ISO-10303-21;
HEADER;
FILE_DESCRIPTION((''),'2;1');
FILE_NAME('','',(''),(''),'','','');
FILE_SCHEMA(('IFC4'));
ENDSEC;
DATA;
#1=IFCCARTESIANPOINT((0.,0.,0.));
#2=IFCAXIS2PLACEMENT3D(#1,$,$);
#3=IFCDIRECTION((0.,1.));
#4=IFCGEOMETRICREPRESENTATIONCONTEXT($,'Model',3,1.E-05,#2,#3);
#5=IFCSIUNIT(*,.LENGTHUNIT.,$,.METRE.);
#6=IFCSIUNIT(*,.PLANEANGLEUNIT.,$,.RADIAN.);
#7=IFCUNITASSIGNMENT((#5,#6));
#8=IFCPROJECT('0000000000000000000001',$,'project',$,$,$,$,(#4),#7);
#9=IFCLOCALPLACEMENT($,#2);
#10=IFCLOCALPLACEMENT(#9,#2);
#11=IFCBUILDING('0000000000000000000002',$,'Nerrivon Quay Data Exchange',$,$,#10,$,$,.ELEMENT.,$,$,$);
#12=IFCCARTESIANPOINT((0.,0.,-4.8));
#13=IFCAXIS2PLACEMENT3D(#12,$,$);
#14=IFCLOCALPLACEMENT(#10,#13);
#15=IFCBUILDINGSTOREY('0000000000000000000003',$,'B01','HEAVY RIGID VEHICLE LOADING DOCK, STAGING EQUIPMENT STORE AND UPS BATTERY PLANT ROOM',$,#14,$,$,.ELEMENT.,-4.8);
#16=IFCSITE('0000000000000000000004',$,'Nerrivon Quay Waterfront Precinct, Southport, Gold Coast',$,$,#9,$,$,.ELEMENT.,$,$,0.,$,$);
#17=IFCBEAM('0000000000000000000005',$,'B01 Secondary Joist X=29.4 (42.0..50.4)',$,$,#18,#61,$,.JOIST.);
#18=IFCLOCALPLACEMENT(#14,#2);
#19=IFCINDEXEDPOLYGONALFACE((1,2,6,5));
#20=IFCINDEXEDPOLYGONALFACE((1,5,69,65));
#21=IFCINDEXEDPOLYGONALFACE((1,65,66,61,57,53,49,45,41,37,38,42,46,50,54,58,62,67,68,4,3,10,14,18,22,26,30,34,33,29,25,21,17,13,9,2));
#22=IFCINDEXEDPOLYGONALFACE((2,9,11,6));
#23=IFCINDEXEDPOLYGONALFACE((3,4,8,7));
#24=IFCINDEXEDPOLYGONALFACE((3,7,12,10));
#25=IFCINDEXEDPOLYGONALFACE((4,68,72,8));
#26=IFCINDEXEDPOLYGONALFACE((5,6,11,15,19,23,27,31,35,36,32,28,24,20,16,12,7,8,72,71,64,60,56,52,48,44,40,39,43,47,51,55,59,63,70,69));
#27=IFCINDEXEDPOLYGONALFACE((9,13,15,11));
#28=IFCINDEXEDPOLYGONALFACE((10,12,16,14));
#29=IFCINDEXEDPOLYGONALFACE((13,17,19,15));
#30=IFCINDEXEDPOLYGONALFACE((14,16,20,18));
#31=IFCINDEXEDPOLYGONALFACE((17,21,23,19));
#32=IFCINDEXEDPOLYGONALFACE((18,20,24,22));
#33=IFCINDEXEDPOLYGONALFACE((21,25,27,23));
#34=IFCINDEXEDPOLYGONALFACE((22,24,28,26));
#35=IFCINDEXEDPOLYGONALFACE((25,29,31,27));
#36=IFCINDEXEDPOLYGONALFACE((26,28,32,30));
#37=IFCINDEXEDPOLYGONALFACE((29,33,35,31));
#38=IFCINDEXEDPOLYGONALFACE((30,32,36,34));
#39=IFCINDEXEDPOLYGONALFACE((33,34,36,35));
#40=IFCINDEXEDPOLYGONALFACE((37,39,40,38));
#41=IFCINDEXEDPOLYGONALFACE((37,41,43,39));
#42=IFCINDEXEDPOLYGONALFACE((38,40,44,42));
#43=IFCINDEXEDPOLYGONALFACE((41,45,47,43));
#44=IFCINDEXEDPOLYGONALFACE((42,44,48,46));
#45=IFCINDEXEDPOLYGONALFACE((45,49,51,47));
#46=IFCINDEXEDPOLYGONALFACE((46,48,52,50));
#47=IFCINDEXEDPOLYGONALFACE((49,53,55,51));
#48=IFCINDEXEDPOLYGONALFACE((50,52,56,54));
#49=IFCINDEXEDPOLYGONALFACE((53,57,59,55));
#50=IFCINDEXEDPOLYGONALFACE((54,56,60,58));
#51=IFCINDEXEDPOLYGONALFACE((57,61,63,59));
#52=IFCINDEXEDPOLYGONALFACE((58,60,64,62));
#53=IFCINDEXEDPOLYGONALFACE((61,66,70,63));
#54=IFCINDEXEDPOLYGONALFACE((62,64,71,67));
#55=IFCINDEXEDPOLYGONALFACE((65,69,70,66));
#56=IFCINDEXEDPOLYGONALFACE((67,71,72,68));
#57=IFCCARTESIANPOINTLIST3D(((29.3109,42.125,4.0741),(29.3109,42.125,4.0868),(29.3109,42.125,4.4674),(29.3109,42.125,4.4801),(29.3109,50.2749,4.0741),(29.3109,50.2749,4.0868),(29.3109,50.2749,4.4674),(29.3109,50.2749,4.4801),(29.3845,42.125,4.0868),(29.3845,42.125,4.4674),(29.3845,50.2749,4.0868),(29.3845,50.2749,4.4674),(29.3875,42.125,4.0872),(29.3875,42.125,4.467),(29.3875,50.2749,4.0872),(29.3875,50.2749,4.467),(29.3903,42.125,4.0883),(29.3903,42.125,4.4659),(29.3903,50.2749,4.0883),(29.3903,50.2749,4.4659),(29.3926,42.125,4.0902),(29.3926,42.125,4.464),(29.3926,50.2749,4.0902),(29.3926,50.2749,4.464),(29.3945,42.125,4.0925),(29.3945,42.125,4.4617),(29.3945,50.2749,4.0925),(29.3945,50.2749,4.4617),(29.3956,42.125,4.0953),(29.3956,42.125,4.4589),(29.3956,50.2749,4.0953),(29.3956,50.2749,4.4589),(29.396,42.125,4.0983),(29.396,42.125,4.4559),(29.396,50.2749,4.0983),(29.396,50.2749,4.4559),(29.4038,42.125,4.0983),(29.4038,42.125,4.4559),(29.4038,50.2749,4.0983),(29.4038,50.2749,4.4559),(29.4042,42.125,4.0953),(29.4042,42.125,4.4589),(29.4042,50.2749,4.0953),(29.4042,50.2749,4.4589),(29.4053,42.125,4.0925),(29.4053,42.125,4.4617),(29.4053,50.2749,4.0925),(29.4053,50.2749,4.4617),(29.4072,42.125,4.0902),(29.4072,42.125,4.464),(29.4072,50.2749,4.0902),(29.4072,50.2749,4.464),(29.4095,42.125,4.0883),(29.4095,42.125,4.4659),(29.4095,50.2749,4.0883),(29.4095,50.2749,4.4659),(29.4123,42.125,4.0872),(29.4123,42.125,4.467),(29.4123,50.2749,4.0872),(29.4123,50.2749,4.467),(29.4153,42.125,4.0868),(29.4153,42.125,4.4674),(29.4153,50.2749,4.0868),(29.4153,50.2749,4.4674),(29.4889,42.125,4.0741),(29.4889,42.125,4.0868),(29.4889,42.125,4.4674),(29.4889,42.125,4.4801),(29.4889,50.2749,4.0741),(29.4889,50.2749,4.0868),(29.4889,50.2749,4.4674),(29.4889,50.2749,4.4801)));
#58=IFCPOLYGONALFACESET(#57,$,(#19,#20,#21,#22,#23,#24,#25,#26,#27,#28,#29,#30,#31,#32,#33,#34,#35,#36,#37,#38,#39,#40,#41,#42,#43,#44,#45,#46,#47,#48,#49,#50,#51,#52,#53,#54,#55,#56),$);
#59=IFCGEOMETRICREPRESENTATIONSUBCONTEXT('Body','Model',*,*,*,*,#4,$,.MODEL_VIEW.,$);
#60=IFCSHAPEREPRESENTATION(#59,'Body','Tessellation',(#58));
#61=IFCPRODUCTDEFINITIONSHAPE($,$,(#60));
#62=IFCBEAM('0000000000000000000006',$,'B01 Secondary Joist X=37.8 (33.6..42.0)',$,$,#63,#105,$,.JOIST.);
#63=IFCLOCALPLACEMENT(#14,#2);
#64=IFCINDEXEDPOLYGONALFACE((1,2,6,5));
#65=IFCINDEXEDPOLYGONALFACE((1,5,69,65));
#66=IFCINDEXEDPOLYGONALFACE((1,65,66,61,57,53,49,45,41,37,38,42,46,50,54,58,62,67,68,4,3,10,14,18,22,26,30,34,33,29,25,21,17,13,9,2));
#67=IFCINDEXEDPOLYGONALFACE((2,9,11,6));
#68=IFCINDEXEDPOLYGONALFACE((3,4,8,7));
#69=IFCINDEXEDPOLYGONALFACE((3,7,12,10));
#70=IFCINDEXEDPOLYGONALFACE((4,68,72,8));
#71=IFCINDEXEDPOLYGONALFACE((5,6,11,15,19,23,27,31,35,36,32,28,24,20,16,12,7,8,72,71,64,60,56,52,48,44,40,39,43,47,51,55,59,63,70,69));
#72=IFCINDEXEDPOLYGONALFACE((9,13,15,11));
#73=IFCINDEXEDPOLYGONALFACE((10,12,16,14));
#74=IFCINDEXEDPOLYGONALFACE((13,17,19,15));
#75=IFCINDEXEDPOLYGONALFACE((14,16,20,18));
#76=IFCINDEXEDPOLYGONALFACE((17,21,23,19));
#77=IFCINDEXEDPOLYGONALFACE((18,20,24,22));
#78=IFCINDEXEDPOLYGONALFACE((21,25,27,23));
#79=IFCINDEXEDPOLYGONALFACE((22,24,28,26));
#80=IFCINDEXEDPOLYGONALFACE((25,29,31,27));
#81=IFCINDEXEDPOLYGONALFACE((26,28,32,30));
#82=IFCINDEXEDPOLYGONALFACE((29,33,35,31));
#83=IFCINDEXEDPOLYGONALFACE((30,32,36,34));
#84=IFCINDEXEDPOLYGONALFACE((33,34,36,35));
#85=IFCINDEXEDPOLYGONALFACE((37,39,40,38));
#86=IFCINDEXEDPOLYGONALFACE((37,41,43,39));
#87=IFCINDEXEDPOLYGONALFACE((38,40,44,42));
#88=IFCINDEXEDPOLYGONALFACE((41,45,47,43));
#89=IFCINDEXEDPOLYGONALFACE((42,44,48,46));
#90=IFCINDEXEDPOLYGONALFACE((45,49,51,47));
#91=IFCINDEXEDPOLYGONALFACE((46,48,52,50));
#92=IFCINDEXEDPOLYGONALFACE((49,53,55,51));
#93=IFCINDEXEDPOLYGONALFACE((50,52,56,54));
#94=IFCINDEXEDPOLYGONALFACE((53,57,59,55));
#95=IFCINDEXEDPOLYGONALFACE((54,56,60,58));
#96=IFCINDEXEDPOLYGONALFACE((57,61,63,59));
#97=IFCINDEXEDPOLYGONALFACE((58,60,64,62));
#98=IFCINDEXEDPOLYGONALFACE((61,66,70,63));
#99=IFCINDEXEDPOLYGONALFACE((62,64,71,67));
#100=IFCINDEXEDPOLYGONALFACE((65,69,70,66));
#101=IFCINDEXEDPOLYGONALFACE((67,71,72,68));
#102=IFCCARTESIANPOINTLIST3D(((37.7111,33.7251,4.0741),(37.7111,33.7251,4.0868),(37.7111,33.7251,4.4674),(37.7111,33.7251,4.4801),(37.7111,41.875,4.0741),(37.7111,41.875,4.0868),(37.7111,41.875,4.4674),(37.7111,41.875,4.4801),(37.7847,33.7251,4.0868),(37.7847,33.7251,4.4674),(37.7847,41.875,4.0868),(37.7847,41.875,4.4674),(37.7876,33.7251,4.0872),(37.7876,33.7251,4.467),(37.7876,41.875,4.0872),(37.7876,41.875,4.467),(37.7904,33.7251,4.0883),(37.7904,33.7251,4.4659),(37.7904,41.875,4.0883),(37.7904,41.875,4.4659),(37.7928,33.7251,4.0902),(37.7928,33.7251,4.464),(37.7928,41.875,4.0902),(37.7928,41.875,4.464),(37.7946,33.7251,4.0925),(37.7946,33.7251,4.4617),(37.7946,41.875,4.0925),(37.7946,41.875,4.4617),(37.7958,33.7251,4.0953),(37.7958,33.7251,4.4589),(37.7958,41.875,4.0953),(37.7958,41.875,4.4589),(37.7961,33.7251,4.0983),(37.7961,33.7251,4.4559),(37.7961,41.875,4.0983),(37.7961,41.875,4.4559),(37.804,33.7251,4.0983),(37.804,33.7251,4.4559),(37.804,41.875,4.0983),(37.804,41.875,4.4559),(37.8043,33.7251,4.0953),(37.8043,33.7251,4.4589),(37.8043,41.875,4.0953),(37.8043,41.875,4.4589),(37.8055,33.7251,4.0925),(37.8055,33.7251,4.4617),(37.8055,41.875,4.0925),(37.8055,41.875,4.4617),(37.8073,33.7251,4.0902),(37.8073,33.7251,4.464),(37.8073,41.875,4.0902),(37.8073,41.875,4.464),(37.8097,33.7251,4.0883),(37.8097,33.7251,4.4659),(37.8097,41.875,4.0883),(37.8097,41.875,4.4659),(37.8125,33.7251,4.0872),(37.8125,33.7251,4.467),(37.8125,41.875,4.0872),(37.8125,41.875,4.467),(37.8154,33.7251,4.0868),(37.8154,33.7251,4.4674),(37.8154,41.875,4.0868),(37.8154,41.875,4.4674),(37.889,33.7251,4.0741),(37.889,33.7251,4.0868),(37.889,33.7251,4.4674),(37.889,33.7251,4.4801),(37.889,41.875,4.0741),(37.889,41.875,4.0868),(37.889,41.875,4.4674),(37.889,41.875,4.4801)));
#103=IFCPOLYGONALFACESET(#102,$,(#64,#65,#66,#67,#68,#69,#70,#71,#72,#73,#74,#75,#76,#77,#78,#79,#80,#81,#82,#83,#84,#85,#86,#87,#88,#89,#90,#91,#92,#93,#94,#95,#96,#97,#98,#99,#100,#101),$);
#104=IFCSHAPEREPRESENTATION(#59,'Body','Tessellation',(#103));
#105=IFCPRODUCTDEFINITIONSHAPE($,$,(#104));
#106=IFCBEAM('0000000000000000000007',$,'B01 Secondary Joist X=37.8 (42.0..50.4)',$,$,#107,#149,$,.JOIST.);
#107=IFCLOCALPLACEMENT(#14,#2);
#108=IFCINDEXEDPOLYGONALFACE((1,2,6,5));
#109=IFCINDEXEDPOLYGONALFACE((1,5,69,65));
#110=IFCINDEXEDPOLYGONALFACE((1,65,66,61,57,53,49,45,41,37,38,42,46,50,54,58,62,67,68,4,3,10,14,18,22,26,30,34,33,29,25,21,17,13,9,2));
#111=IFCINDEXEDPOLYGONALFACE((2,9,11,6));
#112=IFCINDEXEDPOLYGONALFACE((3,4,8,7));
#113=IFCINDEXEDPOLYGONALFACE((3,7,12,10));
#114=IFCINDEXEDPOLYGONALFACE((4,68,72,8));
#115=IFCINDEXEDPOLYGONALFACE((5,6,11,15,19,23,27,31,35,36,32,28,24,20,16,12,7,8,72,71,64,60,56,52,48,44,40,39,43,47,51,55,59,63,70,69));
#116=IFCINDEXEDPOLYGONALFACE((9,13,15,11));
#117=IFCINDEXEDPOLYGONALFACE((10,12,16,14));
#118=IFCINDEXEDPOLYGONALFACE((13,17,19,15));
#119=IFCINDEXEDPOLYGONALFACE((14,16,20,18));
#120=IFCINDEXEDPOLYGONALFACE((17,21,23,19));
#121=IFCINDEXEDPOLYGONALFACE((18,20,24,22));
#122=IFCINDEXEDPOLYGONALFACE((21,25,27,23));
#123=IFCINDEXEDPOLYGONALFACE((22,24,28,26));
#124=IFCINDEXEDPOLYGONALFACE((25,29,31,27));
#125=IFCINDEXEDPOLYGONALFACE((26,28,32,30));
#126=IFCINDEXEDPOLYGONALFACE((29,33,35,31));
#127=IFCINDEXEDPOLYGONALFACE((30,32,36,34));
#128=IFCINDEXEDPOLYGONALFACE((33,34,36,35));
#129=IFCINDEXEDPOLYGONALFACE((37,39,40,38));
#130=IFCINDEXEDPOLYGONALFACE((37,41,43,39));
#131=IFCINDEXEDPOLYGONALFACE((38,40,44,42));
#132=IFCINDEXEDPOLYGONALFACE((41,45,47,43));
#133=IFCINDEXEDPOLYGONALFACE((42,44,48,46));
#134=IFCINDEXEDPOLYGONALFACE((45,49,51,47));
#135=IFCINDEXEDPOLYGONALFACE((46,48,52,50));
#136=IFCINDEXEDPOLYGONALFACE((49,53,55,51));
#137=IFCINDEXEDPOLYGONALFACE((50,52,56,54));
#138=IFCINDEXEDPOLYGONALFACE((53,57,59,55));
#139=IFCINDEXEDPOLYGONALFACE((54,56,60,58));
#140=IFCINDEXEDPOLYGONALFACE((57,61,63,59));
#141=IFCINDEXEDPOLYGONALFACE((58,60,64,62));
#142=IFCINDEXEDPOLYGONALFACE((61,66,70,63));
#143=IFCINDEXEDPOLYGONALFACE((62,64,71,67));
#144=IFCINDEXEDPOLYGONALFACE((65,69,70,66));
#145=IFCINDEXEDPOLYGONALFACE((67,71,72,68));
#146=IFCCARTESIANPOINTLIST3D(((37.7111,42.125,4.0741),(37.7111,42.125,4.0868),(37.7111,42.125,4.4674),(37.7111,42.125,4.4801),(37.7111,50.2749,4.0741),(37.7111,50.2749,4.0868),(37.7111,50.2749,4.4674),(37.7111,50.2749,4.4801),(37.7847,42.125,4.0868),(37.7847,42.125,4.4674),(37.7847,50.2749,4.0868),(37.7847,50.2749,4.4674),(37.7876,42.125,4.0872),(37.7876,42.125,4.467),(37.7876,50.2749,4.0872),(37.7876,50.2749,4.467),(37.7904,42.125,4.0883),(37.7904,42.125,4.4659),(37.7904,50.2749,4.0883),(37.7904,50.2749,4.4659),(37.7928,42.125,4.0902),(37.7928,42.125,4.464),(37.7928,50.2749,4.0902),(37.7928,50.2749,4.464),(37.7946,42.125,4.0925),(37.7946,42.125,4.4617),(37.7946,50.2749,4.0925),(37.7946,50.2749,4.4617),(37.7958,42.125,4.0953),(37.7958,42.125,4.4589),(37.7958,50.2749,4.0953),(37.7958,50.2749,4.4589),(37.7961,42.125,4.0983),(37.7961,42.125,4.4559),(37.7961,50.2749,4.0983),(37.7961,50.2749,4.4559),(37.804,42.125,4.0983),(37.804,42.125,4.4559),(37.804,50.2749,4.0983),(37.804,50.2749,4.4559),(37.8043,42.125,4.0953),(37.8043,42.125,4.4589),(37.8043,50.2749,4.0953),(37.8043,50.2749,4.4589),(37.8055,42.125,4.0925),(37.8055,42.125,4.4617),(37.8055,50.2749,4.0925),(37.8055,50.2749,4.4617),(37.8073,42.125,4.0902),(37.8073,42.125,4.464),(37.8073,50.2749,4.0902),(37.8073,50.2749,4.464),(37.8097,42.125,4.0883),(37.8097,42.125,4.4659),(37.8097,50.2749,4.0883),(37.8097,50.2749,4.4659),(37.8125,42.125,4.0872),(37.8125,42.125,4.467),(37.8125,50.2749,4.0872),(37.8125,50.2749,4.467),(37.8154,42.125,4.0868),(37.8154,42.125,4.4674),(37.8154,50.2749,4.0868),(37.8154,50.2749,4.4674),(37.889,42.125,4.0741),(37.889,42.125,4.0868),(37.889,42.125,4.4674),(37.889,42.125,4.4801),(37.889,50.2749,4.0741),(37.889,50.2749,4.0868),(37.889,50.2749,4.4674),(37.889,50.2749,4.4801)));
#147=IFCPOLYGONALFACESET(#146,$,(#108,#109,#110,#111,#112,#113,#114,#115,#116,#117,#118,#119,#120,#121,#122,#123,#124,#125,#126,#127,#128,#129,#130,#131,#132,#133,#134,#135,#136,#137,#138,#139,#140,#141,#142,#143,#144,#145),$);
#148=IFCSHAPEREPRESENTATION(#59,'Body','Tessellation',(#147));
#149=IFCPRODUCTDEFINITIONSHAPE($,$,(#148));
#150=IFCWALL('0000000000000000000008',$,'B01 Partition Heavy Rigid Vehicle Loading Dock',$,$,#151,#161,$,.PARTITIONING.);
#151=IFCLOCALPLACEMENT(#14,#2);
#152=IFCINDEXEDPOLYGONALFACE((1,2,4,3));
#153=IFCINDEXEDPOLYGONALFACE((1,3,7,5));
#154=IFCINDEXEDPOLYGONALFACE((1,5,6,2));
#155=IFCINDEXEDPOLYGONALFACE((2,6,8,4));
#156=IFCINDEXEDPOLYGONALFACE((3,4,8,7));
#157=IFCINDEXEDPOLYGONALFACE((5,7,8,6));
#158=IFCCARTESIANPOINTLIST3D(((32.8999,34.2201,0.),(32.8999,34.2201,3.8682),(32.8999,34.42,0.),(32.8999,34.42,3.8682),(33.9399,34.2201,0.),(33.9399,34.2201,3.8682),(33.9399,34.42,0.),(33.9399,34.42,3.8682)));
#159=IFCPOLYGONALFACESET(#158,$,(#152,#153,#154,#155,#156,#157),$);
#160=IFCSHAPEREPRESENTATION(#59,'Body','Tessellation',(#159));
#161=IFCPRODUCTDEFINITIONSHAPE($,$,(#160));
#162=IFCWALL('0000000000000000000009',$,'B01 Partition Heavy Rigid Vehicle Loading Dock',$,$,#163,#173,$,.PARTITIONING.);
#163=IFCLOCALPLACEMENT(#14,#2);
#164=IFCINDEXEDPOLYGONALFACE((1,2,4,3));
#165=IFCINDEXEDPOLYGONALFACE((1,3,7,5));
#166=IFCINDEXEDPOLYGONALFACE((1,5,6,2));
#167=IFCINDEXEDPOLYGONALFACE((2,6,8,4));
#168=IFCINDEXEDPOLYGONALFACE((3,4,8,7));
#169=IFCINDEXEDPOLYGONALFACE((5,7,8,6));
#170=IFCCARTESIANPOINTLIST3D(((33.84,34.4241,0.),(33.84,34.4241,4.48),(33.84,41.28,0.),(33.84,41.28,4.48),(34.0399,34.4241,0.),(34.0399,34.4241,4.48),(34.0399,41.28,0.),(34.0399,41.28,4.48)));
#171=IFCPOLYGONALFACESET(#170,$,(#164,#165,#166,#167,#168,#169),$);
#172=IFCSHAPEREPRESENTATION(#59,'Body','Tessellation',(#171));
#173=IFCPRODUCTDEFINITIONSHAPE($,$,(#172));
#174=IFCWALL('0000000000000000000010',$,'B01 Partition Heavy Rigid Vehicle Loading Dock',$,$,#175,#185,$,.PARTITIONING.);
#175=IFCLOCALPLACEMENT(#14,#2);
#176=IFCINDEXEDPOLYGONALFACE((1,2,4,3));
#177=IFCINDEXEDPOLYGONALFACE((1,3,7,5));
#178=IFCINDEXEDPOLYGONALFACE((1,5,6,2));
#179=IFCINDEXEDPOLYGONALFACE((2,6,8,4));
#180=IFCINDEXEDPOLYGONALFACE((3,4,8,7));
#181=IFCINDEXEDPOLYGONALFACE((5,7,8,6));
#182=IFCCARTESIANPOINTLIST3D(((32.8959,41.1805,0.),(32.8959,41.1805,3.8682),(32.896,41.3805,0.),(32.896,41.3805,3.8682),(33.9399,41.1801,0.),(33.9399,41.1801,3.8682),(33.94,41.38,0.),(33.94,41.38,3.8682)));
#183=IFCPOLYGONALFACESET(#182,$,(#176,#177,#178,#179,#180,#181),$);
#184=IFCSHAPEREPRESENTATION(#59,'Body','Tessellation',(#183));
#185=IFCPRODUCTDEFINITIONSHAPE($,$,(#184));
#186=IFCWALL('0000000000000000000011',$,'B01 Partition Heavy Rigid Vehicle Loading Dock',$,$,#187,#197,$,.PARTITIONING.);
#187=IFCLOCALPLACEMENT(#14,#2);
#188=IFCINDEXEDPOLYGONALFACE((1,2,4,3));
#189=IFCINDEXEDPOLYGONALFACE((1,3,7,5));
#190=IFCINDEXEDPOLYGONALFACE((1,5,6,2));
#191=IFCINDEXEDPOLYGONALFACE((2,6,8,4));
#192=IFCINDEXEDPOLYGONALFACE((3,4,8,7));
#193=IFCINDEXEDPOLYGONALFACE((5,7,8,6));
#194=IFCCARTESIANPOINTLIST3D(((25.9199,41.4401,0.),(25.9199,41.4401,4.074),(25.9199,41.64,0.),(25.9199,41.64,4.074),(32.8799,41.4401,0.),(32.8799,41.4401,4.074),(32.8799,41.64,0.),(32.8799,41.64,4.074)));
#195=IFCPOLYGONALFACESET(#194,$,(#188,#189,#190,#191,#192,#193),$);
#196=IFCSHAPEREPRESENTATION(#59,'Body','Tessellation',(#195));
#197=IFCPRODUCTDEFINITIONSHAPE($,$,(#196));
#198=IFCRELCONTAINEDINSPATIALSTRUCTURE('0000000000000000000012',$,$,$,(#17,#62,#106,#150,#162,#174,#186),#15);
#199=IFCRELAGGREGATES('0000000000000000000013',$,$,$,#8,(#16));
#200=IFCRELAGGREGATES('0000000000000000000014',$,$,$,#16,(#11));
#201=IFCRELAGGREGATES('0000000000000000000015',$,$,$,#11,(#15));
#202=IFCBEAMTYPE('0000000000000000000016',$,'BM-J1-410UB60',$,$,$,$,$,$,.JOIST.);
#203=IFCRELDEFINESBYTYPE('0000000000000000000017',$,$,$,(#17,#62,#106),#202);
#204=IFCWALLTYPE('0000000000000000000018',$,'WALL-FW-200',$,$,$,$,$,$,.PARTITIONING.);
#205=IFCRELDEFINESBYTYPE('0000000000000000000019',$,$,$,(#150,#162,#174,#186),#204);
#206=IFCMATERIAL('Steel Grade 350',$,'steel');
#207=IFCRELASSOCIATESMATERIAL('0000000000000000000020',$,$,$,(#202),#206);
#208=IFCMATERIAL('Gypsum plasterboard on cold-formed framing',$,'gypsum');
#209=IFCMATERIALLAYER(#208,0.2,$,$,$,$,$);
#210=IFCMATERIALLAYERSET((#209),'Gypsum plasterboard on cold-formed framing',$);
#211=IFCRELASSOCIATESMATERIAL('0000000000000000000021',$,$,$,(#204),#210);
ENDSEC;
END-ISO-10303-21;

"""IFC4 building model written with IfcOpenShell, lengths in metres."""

from ifc_helpers import new_model, si_unit, direction, frame, frame_2d, origin, origin_2d, place, context, subcontext, project, spatial, rectangle, i_section, extrude, material, layer, layer_set, material_profile, profile_set, type_object, element, save


model = new_model("IFC4")

# Units and contexts
model_context = context("Model", 3, precision=1e-05, world=origin(), true_north=direction((0.0, 1.0)))
body_context = subcontext(model_context, "Body", "Model", "MODEL_VIEW")
ifc_project = project(units=[si_unit("LENGTHUNIT", "METRE"), si_unit("PLANEANGLEUNIT", "RADIAN")], contexts=[model_context])

# Site, building, storey
site_placement = place(None, origin())
site = spatial("IfcSite", under=ifc_project, at=site_placement, Name="Nerrivon Quay Waterfront Precinct, Southport, Gold Coast", CompositionType="ELEMENT", RefElevation=0.0)
building_placement = place(site_placement, origin())
building = spatial("IfcBuilding", under=site, at=building_placement, Name="Nerrivon Quay Data Exchange", CompositionType="ELEMENT")
storey_placement = place(building_placement, frame((0.0, 0.0, -4.8)))
storey = spatial("IfcBuildingStorey", under=building, at=storey_placement, Name="B01", Description="HEAVY RIGID VEHICLE LOADING DOCK, STAGING EQUIPMENT STORE AND UPS BATTERY PLANT ROOM", CompositionType="ELEMENT", Elevation=-4.8)

# Beams
ifc_material_1 = material(Name="Steel Grade 350", Category="steel")
ifc_material_profile_1 = material_profile(ifc_material_1, i_section(OverallWidth=0.178, OverallDepth=0.406, WebThickness=0.0078, FlangeThickness=0.0127, FilletRadius=0.0115, at=origin_2d()), Name="410UB59.7")
ifc_profile_set_1 = profile_set([ifc_material_profile_1], Name="Steel Grade 350")
beam_type_1 = type_object("IfcBeamType", Name="BM-J1-410UB60", PredefinedType="JOIST", material=ifc_profile_set_1)
for number, where, z_axis, x_axis, name in (
    (1, (29.3999, 42.125, 4.2771), (0.0, 1.0, 0.0), (-1.0, 0.0, 0.0), "B01 Secondary Joist X=29.4 (42.0..50.4)"),
    (2, (37.8, 33.7251, 4.2771), (0.0, 1.0, 0.0), (-1.0, 0.0, 0.0), "B01 Secondary Joist X=37.8 (33.6..42.0)"),
    (3, (37.8, 42.125, 4.2771), (0.0, 1.0, 0.0), (-1.0, 0.0, 0.0), "B01 Secondary Joist X=37.8 (42.0..50.4)"),
):
    element("IfcBeam", number, at=place(storey_placement, frame(where, z_axis=z_axis, x_axis=x_axis)), inside=storey, type_object=beam_type_1, Name=name, PredefinedType="JOIST", context=body_context, shape_type="SweptSolid", body=[
        extrude(i_section(OverallWidth=0.178, OverallDepth=0.406, WebThickness=0.0078, FlangeThickness=0.0127, FilletRadius=0.0115, at=origin_2d()), origin(), (0.0, 0.0, 1.0), 8.1499),
    ])

# Walls
ifc_material_2 = material(Name="Gypsum plasterboard on cold-formed framing", Category="gypsum")
ifc_layer = layer(ifc_material_2, 0.2)
ifc_layer_set = layer_set([ifc_layer], Name="Gypsum plasterboard on cold-formed framing")
wall_type = type_object("IfcWallType", Name="WALL-FW-200", PredefinedType="PARTITIONING", material=ifc_layer_set)
wall_1_placement = place(storey_placement, frame((32.8999, 34.3201, 0.0), z_axis=(0.0, 0.0, 1.0), x_axis=(1.0, 0.0, 0.0)))
element("IfcWall", 4, at=wall_1_placement, inside=storey, type_object=wall_type, Name="B01 Partition Heavy Rigid Vehicle Loading Dock", PredefinedType="PARTITIONING", context=body_context, shape_type="SweptSolid", body=[
    extrude(rectangle(XDim=1.04, YDim=0.2, at=frame_2d((0.52, 0.0))), origin(), (0.0, 0.0, 1.0), 3.8682),
])
wall_2_placement = place(storey_placement, frame((33.9399, 34.4241, 0.0), z_axis=(0.0, 0.0, 1.0), x_axis=(0.0, 1.0, 0.0)))
element("IfcWall", 5, at=wall_2_placement, inside=storey, type_object=wall_type, Name="B01 Partition Heavy Rigid Vehicle Loading Dock", PredefinedType="PARTITIONING", context=body_context, shape_type="SweptSolid", body=[
    extrude(rectangle(XDim=6.856, YDim=0.2, at=frame_2d((3.428, 0.0))), origin(), (0.0, 0.0, 1.0), 4.48),
])
wall_3_placement = place(storey_placement, frame((33.9399, 41.28, 0.0), z_axis=(0.0, 0.0, 1.0), x_axis=(-1.0, 0.000468, 0.0)))
element("IfcWall", 6, at=wall_3_placement, inside=storey, type_object=wall_type, Name="B01 Partition Heavy Rigid Vehicle Loading Dock", PredefinedType="PARTITIONING", context=body_context, shape_type="SweptSolid", body=[
    extrude(rectangle(XDim=1.0439, YDim=0.2, at=frame_2d((0.522, 0.0))), origin(), (0.0, 0.0, 1.0), 3.8682),
])
wall_4_placement = place(storey_placement, frame((32.8799, 41.54, 0.0), z_axis=(0.0, 0.0, 1.0), x_axis=(-1.0, 0.0, 0.0)))
element("IfcWall", 7, at=wall_4_placement, inside=storey, type_object=wall_type, Name="B01 Partition Heavy Rigid Vehicle Loading Dock", PredefinedType="PARTITIONING", context=body_context, shape_type="SweptSolid", body=[
    extrude(rectangle(XDim=6.96, YDim=0.2, at=frame_2d((3.48, 0.0))), origin(), (0.0, 0.0, 1.0), 4.074),
])

save(model, "model.ifc")
